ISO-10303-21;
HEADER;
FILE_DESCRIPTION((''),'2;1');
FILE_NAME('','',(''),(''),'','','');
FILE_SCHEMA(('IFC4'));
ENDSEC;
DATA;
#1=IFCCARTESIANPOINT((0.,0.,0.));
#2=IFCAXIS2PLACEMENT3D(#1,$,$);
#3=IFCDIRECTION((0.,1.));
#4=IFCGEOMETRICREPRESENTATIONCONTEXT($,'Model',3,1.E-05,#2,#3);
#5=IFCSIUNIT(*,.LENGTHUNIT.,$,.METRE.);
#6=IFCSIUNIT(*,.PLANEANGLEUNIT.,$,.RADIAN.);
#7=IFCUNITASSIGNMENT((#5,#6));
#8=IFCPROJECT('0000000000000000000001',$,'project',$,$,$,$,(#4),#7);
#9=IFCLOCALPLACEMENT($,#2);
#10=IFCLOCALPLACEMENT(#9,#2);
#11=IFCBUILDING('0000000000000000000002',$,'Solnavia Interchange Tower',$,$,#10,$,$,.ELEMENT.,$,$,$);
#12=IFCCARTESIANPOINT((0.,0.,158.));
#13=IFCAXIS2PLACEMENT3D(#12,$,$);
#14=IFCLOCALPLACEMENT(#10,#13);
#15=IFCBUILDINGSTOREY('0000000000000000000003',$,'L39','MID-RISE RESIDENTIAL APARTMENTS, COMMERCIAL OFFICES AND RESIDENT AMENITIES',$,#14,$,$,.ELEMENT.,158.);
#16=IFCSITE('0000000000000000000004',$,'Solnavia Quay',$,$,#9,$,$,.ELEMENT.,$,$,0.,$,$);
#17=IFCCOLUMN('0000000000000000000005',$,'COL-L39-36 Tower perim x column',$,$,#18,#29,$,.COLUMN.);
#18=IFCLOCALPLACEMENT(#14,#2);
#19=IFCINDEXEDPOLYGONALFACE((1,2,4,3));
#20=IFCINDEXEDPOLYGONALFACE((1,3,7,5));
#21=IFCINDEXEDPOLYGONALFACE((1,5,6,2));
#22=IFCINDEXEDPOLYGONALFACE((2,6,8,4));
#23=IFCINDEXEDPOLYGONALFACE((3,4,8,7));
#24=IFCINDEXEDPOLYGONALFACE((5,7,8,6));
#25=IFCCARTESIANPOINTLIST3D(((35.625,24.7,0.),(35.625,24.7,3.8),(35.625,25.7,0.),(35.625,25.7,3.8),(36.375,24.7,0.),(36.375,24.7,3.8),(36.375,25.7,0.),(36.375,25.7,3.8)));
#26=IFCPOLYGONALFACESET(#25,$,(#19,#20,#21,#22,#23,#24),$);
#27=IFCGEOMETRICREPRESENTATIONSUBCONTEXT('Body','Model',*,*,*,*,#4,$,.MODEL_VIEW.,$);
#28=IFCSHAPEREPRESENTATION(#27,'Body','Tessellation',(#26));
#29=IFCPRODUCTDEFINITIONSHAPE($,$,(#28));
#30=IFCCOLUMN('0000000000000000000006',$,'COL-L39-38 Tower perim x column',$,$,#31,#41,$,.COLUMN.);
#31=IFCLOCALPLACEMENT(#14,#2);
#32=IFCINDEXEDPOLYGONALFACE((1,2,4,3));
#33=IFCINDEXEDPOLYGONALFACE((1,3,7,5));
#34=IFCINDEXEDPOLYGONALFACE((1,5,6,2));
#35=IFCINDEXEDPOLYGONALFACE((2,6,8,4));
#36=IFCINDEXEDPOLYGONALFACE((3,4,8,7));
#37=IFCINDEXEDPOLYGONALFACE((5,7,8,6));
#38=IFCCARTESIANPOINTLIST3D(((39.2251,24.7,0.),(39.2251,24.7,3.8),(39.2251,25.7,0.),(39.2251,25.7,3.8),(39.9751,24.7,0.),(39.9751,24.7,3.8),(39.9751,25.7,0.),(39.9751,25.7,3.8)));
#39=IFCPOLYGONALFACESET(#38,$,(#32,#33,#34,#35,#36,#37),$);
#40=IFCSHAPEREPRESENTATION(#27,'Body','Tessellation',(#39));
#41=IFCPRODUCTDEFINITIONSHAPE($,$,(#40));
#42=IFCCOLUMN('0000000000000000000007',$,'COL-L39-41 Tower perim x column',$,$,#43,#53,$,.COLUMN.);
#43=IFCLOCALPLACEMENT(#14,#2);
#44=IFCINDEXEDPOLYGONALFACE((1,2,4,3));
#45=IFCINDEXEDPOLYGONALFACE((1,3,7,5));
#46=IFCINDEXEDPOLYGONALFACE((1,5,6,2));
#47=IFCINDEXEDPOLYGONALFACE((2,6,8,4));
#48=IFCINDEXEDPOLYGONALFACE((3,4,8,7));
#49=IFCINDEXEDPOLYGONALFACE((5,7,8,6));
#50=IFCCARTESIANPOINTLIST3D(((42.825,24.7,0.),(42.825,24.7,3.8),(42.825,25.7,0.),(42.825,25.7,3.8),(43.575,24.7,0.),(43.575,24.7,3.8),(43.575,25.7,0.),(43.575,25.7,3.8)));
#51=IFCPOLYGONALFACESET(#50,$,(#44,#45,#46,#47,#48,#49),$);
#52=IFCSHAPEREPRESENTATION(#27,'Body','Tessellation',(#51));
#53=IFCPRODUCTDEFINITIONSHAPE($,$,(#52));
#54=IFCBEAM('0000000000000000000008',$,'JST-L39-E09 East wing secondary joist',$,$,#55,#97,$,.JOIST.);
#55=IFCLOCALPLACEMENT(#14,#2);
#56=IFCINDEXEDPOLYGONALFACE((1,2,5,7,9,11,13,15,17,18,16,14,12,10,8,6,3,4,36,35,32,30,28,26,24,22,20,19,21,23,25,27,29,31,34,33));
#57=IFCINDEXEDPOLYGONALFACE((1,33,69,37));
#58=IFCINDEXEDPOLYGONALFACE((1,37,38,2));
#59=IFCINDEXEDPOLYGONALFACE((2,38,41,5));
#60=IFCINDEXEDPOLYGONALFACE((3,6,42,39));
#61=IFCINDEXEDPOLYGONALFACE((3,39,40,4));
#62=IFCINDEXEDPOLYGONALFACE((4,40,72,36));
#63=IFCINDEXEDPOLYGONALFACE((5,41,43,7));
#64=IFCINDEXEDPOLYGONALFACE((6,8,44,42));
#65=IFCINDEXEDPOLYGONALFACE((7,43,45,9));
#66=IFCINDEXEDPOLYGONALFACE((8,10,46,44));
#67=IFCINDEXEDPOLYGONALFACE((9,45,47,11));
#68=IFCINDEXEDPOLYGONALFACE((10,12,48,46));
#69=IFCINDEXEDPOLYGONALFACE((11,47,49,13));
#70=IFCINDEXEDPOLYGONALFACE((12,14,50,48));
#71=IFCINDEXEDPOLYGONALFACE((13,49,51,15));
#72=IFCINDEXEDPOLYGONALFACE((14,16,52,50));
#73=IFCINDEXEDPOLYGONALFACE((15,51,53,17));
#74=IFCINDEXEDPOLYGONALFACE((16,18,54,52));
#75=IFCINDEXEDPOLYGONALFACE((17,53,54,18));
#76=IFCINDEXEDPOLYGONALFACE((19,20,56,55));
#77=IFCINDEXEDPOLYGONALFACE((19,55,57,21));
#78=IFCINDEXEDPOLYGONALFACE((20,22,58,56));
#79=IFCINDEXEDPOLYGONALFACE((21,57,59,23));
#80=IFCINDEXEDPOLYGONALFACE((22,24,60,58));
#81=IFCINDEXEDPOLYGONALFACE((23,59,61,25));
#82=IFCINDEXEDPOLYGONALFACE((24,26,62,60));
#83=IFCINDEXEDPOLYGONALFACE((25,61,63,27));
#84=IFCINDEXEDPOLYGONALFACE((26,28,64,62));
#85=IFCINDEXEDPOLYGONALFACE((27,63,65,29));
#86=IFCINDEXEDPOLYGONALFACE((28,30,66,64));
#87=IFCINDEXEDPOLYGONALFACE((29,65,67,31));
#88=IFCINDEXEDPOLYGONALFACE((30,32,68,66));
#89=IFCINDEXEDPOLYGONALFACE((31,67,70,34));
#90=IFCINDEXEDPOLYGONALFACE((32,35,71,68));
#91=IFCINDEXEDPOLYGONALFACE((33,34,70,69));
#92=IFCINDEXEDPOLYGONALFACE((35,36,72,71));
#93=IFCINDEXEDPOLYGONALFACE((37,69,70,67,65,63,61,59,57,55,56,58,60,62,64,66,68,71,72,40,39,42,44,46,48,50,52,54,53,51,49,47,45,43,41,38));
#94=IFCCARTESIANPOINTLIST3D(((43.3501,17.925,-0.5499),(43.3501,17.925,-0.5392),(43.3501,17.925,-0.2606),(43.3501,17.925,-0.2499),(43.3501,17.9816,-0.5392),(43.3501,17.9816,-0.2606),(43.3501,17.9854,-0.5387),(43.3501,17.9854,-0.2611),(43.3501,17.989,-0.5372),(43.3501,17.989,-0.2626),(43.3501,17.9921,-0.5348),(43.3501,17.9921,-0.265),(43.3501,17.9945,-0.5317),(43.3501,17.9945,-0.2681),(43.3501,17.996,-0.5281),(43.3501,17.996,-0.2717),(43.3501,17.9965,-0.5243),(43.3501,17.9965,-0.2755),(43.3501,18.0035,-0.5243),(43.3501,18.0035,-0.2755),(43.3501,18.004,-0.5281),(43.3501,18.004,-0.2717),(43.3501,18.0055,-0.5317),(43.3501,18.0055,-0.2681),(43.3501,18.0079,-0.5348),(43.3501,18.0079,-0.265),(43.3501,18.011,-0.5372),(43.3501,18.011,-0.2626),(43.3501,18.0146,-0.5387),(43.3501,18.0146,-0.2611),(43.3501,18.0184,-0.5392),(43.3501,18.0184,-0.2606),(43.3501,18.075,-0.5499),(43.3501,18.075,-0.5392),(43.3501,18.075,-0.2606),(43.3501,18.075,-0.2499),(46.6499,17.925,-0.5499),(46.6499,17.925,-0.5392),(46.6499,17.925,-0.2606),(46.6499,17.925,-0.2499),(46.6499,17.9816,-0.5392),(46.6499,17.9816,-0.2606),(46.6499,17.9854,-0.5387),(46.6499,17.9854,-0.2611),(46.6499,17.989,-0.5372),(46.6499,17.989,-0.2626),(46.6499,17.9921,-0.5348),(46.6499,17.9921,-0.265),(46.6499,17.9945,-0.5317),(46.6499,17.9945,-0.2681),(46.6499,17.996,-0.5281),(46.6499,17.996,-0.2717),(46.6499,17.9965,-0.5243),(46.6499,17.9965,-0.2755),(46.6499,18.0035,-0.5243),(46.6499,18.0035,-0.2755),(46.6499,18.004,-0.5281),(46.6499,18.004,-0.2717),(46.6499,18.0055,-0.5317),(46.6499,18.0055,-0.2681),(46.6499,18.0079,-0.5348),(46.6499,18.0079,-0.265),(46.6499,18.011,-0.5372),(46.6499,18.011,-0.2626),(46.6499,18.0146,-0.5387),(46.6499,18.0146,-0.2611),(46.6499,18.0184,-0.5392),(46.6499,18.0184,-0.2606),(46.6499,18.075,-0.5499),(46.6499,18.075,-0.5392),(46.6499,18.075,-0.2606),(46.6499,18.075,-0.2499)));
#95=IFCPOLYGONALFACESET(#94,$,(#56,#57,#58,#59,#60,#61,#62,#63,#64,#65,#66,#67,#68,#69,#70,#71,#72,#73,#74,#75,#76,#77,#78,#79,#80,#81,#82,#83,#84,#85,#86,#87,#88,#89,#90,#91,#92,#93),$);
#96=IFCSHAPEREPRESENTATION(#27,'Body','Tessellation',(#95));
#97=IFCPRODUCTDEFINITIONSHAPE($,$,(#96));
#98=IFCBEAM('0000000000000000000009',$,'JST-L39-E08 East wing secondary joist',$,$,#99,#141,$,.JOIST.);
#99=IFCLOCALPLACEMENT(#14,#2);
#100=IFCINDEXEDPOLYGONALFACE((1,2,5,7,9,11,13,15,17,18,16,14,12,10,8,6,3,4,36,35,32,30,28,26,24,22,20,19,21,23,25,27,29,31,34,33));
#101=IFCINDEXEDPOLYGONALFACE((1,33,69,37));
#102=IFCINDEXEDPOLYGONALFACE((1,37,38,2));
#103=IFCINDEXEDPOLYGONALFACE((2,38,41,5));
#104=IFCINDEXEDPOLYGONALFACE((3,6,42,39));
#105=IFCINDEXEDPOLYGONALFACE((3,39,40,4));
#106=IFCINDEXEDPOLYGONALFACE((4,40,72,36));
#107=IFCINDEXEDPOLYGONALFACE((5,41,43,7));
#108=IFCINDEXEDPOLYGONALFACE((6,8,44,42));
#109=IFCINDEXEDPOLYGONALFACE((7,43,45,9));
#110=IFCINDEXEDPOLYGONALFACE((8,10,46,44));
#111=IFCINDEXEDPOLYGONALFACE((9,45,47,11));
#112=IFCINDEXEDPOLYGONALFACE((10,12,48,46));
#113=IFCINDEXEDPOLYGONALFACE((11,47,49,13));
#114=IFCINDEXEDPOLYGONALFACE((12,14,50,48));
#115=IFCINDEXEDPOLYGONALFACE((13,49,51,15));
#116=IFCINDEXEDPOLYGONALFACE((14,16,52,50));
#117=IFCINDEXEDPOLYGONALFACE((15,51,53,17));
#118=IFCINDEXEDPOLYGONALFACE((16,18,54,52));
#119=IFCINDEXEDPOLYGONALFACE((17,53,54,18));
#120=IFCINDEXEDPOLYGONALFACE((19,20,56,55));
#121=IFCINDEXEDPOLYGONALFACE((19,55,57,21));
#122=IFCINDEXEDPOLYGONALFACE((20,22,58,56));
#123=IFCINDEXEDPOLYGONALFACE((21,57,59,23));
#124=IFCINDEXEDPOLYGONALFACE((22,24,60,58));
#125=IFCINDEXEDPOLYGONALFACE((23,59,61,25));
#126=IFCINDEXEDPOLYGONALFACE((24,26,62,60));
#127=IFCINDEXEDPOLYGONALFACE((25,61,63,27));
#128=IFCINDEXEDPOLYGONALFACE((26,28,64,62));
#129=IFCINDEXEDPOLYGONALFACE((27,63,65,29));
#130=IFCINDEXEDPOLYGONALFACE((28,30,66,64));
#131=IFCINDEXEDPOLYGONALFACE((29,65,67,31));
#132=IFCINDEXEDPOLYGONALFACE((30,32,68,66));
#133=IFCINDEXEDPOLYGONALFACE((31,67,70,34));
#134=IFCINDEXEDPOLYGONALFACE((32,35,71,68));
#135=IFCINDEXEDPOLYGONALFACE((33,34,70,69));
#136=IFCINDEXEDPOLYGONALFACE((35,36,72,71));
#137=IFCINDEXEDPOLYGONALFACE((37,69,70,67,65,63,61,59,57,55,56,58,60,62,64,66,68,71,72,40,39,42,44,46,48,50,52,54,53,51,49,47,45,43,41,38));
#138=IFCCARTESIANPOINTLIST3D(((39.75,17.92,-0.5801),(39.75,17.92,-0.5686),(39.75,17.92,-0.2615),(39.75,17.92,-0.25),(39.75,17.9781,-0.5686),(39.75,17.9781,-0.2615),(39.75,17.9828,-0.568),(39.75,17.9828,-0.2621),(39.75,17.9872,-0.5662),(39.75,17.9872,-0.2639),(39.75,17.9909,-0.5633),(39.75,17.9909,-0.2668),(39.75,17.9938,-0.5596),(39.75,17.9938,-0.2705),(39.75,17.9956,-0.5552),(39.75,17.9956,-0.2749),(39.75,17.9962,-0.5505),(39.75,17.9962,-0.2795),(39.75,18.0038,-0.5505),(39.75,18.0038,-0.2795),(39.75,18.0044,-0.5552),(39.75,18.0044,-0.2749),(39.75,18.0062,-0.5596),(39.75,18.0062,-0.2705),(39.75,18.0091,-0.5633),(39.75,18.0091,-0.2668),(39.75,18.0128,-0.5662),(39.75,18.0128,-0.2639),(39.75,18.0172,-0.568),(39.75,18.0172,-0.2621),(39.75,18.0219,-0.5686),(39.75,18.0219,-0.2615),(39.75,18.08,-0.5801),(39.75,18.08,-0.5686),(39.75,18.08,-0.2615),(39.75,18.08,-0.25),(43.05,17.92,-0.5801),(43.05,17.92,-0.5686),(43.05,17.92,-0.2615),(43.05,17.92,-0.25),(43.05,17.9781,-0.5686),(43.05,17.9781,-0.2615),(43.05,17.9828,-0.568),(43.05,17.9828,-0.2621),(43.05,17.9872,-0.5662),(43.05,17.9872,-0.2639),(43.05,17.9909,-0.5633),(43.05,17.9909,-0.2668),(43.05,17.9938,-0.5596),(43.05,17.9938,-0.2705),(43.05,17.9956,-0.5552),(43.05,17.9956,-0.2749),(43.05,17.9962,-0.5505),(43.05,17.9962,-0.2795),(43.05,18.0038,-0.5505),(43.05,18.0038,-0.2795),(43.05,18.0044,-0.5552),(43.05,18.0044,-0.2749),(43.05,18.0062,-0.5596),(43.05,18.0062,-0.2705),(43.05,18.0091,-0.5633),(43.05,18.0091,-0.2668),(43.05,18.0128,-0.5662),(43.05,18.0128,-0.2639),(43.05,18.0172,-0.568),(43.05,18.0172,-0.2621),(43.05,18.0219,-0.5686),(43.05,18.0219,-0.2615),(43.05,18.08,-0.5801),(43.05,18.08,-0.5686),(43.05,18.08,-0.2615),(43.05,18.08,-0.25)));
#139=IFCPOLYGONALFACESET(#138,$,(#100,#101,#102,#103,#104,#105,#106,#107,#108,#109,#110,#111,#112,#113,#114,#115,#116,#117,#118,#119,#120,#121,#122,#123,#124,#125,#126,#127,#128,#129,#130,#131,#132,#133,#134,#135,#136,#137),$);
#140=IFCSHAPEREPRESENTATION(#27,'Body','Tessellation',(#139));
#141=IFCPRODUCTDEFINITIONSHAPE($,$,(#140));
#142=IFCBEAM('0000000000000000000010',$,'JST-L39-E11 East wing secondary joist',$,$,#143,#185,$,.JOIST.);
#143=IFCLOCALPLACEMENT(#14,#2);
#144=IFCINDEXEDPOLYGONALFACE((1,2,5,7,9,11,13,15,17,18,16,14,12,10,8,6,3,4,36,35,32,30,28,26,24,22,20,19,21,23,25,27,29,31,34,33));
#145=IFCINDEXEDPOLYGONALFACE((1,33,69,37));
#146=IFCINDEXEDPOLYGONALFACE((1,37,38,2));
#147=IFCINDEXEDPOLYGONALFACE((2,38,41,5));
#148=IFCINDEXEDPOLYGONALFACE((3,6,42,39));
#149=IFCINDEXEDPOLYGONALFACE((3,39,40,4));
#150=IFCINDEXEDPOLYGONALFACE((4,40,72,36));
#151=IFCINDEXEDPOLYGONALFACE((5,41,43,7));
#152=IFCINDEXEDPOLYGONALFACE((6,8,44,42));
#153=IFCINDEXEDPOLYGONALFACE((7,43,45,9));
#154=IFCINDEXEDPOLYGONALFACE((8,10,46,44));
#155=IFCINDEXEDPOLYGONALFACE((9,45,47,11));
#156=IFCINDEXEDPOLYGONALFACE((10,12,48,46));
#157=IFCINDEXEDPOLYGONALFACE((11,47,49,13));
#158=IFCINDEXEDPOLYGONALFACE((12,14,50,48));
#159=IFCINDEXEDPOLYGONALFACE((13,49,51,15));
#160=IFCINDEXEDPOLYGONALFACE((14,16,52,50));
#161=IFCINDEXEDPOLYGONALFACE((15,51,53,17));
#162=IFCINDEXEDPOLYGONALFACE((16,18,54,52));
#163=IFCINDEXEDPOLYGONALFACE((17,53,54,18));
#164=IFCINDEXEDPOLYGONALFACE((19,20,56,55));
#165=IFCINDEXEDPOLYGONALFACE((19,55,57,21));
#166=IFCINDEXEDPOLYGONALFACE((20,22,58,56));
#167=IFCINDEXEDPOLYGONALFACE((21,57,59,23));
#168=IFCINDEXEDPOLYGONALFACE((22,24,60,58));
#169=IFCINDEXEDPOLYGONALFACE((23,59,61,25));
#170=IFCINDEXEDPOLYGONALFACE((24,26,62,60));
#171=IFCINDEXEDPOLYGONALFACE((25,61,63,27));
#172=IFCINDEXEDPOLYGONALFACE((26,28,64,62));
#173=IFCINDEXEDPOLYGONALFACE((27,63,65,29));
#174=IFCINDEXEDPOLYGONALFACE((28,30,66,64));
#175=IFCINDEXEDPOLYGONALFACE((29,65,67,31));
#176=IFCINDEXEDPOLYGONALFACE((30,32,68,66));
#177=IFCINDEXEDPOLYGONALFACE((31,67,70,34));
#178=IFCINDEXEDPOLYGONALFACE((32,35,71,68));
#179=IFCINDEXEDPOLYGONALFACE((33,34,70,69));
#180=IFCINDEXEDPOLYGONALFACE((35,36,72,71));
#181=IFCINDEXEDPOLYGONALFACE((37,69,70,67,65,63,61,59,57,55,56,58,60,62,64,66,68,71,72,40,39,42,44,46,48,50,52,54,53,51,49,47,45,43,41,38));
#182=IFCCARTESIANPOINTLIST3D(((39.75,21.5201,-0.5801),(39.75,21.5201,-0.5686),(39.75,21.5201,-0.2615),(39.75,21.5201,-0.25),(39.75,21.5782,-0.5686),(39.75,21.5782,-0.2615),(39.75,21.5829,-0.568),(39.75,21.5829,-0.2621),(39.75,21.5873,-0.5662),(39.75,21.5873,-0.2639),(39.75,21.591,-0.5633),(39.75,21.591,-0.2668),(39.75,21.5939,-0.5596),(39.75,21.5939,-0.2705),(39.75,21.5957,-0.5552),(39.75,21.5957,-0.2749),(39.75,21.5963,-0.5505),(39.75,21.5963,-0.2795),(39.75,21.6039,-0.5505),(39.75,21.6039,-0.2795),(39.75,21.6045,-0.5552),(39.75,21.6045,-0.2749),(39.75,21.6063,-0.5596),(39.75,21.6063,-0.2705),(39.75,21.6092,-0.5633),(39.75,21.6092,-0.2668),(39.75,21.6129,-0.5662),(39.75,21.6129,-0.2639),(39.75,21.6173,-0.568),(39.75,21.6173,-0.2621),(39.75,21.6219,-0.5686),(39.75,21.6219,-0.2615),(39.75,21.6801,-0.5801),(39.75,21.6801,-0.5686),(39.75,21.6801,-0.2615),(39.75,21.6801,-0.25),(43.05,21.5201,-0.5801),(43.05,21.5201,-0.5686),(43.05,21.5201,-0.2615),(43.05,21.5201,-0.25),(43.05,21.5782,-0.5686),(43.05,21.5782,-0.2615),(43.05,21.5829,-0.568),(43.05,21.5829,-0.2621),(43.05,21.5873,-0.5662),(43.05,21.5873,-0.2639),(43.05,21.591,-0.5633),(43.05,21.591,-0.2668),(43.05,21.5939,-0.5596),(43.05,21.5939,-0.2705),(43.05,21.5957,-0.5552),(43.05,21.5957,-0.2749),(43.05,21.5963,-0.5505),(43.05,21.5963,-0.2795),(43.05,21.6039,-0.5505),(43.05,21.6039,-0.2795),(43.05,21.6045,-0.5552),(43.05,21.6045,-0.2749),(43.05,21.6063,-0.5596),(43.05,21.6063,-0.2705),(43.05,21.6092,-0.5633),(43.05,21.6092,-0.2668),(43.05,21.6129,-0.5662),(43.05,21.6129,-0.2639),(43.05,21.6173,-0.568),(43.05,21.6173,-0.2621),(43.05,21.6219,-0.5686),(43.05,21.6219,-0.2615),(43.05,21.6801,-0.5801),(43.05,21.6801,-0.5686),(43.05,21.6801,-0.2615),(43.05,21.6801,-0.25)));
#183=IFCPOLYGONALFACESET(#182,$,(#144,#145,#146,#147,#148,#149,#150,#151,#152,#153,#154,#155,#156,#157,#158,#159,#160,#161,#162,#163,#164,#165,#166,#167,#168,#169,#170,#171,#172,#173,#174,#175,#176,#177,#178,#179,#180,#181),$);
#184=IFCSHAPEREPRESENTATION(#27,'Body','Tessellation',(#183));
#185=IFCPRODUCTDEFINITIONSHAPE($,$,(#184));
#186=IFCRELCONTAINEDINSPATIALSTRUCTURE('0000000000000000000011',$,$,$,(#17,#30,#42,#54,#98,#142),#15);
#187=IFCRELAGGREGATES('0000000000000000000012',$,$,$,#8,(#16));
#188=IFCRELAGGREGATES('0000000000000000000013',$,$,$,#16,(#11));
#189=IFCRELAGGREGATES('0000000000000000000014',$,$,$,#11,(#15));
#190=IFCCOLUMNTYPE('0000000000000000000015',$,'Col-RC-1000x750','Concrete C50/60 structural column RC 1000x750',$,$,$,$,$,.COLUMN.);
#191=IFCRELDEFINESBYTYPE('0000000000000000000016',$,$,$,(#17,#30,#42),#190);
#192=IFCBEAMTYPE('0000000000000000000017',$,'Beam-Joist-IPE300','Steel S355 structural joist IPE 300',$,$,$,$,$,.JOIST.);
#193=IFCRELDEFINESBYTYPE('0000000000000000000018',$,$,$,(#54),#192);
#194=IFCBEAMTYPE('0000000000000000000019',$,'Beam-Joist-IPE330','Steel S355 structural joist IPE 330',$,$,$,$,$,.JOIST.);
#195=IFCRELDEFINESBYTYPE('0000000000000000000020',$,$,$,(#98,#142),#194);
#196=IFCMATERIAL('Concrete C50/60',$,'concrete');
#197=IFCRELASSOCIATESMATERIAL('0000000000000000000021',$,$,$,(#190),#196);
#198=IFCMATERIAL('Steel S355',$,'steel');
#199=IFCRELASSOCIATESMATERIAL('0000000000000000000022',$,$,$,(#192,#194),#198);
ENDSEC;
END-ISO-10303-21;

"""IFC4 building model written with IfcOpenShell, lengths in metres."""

from ifc_helpers import new_model, si_unit, direction, frame, origin, origin_2d, place, context, subcontext, project, spatial, rectangle, i_section, extrude, material, material_profile, profile_set, type_object, element, save


model = new_model("IFC4")

# Units and contexts
model_context = context("Model", 3, precision=1e-05, world=origin(), true_north=direction((0.0, 1.0)))
body_context = subcontext(model_context, "Body", "Model", "MODEL_VIEW")
ifc_project = project(units=[si_unit("LENGTHUNIT", "METRE"), si_unit("PLANEANGLEUNIT", "RADIAN")], contexts=[model_context])

# Site, building, storey
site_placement = place(None, origin())
site = spatial("IfcSite", under=ifc_project, at=site_placement, Name="Solnavia Quay", CompositionType="ELEMENT", RefElevation=0.0)
building_placement = place(site_placement, origin())
building = spatial("IfcBuilding", under=site, at=building_placement, Name="Solnavia Interchange Tower", CompositionType="ELEMENT")
storey_placement = place(building_placement, frame((0.0, 0.0, 158.0)))
storey = spatial("IfcBuildingStorey", under=building, at=storey_placement, Name="L39", Description="MID-RISE RESIDENTIAL APARTMENTS, COMMERCIAL OFFICES AND RESIDENT AMENITIES", CompositionType="ELEMENT", Elevation=158.0)

# Columns
ifc_material_1 = material(Name="Concrete C50/60", Category="concrete")
ifc_material_profile_1 = material_profile(ifc_material_1, rectangle(XDim=0.75, YDim=1.0, at=origin_2d()), Name="RC 1000x750")
ifc_profile_set_1 = profile_set([ifc_material_profile_1], Name="Concrete C50/60")
column_type = type_object("IfcColumnType", Name="Col-RC-1000x750", Description="Concrete C50/60 structural column RC 1000x750", PredefinedType="COLUMN", material=ifc_profile_set_1)
for number, where, z_axis, x_axis, name in (
    (1, (36.0, 25.2, 0.0), (0.0, 0.0, 1.0), (1.0, 0.0, 0.0), "COL-L39-36 Tower perim x column"),
    (2, (39.6001, 25.2, 0.0), (0.0, 0.0, 1.0), (1.0, 0.0, 0.0), "COL-L39-38 Tower perim x column"),
    (3, (43.2, 25.2, 0.0), (0.0, 0.0, 1.0), (1.0, 0.0, 0.0), "COL-L39-41 Tower perim x column"),
):
    element("IfcColumn", number, at=place(storey_placement, frame(where, z_axis=z_axis, x_axis=x_axis)), inside=storey, type_object=column_type, Name=name, PredefinedType="COLUMN", context=body_context, shape_type="SweptSolid", body=[
        extrude(rectangle(XDim=0.75, YDim=1.0, at=origin_2d()), origin(), (0.0, 0.0, 1.0), 3.8),
    ])

# Beams
ifc_material_2 = material(Name="Steel S355", Category="steel")
ifc_material_profile_2 = material_profile(ifc_material_2, i_section(OverallWidth=0.1499, OverallDepth=0.3, WebThickness=0.0071, FlangeThickness=0.0107, FilletRadius=0.0149, at=origin_2d()), Name="IPE 300")
ifc_profile_set_2 = profile_set([ifc_material_profile_2], Name="Steel S355")
beam_type_1 = type_object("IfcBeamType", Name="Beam-Joist-IPE300", Description="Steel S355 structural joist IPE 300", PredefinedType="JOIST", material=ifc_profile_set_2)
beam_1_placement = place(storey_placement, frame((43.3501, 18.0, -0.3999), z_axis=(1.0, 0.0, 0.0), x_axis=(0.0, 1.0, 0.0)))
element("IfcBeam", 4, at=beam_1_placement, inside=storey, type_object=beam_type_1, Name="JST-L39-E09 East wing secondary joist", PredefinedType="JOIST", context=body_context, shape_type="SweptSolid", body=[
    extrude(i_section(OverallWidth=0.1499, OverallDepth=0.3, WebThickness=0.0071, FlangeThickness=0.0107, FilletRadius=0.0149, at=origin_2d()), origin(), (0.0, 0.0, 1.0), 3.2998),
])
ifc_material_profile_3 = material_profile(ifc_material_2, i_section(OverallWidth=0.1599, OverallDepth=0.3301, WebThickness=0.0076, FlangeThickness=0.0115, FilletRadius=0.0181, at=origin_2d()), Name="IPE 330")
ifc_profile_set_3 = profile_set([ifc_material_profile_3], Name="Steel S355")
beam_type_2 = type_object("IfcBeamType", Name="Beam-Joist-IPE330", Description="Steel S355 structural joist IPE 330", PredefinedType="JOIST", material=ifc_profile_set_3)
for number, where, z_axis, x_axis, name in (
    (5, (39.75, 18.0, -0.415), (1.0, 0.0, 0.0), (0.0, 1.0, 0.0), "JST-L39-E08 East wing secondary joist"),
    (6, (39.75, 21.6001, -0.415), (1.0, 0.0, 0.0), (0.0, 1.0, 0.0), "JST-L39-E11 East wing secondary joist"),
):
    element("IfcBeam", number, at=place(storey_placement, frame(where, z_axis=z_axis, x_axis=x_axis)), inside=storey, type_object=beam_type_2, Name=name, PredefinedType="JOIST", context=body_context, shape_type="SweptSolid", body=[
        extrude(i_section(OverallWidth=0.1599, OverallDepth=0.3301, WebThickness=0.0076, FlangeThickness=0.0115, FilletRadius=0.0181, at=origin_2d()), origin(), (0.0, 0.0, 1.0), 3.3),
    ])

save(model, "model.ifc")
